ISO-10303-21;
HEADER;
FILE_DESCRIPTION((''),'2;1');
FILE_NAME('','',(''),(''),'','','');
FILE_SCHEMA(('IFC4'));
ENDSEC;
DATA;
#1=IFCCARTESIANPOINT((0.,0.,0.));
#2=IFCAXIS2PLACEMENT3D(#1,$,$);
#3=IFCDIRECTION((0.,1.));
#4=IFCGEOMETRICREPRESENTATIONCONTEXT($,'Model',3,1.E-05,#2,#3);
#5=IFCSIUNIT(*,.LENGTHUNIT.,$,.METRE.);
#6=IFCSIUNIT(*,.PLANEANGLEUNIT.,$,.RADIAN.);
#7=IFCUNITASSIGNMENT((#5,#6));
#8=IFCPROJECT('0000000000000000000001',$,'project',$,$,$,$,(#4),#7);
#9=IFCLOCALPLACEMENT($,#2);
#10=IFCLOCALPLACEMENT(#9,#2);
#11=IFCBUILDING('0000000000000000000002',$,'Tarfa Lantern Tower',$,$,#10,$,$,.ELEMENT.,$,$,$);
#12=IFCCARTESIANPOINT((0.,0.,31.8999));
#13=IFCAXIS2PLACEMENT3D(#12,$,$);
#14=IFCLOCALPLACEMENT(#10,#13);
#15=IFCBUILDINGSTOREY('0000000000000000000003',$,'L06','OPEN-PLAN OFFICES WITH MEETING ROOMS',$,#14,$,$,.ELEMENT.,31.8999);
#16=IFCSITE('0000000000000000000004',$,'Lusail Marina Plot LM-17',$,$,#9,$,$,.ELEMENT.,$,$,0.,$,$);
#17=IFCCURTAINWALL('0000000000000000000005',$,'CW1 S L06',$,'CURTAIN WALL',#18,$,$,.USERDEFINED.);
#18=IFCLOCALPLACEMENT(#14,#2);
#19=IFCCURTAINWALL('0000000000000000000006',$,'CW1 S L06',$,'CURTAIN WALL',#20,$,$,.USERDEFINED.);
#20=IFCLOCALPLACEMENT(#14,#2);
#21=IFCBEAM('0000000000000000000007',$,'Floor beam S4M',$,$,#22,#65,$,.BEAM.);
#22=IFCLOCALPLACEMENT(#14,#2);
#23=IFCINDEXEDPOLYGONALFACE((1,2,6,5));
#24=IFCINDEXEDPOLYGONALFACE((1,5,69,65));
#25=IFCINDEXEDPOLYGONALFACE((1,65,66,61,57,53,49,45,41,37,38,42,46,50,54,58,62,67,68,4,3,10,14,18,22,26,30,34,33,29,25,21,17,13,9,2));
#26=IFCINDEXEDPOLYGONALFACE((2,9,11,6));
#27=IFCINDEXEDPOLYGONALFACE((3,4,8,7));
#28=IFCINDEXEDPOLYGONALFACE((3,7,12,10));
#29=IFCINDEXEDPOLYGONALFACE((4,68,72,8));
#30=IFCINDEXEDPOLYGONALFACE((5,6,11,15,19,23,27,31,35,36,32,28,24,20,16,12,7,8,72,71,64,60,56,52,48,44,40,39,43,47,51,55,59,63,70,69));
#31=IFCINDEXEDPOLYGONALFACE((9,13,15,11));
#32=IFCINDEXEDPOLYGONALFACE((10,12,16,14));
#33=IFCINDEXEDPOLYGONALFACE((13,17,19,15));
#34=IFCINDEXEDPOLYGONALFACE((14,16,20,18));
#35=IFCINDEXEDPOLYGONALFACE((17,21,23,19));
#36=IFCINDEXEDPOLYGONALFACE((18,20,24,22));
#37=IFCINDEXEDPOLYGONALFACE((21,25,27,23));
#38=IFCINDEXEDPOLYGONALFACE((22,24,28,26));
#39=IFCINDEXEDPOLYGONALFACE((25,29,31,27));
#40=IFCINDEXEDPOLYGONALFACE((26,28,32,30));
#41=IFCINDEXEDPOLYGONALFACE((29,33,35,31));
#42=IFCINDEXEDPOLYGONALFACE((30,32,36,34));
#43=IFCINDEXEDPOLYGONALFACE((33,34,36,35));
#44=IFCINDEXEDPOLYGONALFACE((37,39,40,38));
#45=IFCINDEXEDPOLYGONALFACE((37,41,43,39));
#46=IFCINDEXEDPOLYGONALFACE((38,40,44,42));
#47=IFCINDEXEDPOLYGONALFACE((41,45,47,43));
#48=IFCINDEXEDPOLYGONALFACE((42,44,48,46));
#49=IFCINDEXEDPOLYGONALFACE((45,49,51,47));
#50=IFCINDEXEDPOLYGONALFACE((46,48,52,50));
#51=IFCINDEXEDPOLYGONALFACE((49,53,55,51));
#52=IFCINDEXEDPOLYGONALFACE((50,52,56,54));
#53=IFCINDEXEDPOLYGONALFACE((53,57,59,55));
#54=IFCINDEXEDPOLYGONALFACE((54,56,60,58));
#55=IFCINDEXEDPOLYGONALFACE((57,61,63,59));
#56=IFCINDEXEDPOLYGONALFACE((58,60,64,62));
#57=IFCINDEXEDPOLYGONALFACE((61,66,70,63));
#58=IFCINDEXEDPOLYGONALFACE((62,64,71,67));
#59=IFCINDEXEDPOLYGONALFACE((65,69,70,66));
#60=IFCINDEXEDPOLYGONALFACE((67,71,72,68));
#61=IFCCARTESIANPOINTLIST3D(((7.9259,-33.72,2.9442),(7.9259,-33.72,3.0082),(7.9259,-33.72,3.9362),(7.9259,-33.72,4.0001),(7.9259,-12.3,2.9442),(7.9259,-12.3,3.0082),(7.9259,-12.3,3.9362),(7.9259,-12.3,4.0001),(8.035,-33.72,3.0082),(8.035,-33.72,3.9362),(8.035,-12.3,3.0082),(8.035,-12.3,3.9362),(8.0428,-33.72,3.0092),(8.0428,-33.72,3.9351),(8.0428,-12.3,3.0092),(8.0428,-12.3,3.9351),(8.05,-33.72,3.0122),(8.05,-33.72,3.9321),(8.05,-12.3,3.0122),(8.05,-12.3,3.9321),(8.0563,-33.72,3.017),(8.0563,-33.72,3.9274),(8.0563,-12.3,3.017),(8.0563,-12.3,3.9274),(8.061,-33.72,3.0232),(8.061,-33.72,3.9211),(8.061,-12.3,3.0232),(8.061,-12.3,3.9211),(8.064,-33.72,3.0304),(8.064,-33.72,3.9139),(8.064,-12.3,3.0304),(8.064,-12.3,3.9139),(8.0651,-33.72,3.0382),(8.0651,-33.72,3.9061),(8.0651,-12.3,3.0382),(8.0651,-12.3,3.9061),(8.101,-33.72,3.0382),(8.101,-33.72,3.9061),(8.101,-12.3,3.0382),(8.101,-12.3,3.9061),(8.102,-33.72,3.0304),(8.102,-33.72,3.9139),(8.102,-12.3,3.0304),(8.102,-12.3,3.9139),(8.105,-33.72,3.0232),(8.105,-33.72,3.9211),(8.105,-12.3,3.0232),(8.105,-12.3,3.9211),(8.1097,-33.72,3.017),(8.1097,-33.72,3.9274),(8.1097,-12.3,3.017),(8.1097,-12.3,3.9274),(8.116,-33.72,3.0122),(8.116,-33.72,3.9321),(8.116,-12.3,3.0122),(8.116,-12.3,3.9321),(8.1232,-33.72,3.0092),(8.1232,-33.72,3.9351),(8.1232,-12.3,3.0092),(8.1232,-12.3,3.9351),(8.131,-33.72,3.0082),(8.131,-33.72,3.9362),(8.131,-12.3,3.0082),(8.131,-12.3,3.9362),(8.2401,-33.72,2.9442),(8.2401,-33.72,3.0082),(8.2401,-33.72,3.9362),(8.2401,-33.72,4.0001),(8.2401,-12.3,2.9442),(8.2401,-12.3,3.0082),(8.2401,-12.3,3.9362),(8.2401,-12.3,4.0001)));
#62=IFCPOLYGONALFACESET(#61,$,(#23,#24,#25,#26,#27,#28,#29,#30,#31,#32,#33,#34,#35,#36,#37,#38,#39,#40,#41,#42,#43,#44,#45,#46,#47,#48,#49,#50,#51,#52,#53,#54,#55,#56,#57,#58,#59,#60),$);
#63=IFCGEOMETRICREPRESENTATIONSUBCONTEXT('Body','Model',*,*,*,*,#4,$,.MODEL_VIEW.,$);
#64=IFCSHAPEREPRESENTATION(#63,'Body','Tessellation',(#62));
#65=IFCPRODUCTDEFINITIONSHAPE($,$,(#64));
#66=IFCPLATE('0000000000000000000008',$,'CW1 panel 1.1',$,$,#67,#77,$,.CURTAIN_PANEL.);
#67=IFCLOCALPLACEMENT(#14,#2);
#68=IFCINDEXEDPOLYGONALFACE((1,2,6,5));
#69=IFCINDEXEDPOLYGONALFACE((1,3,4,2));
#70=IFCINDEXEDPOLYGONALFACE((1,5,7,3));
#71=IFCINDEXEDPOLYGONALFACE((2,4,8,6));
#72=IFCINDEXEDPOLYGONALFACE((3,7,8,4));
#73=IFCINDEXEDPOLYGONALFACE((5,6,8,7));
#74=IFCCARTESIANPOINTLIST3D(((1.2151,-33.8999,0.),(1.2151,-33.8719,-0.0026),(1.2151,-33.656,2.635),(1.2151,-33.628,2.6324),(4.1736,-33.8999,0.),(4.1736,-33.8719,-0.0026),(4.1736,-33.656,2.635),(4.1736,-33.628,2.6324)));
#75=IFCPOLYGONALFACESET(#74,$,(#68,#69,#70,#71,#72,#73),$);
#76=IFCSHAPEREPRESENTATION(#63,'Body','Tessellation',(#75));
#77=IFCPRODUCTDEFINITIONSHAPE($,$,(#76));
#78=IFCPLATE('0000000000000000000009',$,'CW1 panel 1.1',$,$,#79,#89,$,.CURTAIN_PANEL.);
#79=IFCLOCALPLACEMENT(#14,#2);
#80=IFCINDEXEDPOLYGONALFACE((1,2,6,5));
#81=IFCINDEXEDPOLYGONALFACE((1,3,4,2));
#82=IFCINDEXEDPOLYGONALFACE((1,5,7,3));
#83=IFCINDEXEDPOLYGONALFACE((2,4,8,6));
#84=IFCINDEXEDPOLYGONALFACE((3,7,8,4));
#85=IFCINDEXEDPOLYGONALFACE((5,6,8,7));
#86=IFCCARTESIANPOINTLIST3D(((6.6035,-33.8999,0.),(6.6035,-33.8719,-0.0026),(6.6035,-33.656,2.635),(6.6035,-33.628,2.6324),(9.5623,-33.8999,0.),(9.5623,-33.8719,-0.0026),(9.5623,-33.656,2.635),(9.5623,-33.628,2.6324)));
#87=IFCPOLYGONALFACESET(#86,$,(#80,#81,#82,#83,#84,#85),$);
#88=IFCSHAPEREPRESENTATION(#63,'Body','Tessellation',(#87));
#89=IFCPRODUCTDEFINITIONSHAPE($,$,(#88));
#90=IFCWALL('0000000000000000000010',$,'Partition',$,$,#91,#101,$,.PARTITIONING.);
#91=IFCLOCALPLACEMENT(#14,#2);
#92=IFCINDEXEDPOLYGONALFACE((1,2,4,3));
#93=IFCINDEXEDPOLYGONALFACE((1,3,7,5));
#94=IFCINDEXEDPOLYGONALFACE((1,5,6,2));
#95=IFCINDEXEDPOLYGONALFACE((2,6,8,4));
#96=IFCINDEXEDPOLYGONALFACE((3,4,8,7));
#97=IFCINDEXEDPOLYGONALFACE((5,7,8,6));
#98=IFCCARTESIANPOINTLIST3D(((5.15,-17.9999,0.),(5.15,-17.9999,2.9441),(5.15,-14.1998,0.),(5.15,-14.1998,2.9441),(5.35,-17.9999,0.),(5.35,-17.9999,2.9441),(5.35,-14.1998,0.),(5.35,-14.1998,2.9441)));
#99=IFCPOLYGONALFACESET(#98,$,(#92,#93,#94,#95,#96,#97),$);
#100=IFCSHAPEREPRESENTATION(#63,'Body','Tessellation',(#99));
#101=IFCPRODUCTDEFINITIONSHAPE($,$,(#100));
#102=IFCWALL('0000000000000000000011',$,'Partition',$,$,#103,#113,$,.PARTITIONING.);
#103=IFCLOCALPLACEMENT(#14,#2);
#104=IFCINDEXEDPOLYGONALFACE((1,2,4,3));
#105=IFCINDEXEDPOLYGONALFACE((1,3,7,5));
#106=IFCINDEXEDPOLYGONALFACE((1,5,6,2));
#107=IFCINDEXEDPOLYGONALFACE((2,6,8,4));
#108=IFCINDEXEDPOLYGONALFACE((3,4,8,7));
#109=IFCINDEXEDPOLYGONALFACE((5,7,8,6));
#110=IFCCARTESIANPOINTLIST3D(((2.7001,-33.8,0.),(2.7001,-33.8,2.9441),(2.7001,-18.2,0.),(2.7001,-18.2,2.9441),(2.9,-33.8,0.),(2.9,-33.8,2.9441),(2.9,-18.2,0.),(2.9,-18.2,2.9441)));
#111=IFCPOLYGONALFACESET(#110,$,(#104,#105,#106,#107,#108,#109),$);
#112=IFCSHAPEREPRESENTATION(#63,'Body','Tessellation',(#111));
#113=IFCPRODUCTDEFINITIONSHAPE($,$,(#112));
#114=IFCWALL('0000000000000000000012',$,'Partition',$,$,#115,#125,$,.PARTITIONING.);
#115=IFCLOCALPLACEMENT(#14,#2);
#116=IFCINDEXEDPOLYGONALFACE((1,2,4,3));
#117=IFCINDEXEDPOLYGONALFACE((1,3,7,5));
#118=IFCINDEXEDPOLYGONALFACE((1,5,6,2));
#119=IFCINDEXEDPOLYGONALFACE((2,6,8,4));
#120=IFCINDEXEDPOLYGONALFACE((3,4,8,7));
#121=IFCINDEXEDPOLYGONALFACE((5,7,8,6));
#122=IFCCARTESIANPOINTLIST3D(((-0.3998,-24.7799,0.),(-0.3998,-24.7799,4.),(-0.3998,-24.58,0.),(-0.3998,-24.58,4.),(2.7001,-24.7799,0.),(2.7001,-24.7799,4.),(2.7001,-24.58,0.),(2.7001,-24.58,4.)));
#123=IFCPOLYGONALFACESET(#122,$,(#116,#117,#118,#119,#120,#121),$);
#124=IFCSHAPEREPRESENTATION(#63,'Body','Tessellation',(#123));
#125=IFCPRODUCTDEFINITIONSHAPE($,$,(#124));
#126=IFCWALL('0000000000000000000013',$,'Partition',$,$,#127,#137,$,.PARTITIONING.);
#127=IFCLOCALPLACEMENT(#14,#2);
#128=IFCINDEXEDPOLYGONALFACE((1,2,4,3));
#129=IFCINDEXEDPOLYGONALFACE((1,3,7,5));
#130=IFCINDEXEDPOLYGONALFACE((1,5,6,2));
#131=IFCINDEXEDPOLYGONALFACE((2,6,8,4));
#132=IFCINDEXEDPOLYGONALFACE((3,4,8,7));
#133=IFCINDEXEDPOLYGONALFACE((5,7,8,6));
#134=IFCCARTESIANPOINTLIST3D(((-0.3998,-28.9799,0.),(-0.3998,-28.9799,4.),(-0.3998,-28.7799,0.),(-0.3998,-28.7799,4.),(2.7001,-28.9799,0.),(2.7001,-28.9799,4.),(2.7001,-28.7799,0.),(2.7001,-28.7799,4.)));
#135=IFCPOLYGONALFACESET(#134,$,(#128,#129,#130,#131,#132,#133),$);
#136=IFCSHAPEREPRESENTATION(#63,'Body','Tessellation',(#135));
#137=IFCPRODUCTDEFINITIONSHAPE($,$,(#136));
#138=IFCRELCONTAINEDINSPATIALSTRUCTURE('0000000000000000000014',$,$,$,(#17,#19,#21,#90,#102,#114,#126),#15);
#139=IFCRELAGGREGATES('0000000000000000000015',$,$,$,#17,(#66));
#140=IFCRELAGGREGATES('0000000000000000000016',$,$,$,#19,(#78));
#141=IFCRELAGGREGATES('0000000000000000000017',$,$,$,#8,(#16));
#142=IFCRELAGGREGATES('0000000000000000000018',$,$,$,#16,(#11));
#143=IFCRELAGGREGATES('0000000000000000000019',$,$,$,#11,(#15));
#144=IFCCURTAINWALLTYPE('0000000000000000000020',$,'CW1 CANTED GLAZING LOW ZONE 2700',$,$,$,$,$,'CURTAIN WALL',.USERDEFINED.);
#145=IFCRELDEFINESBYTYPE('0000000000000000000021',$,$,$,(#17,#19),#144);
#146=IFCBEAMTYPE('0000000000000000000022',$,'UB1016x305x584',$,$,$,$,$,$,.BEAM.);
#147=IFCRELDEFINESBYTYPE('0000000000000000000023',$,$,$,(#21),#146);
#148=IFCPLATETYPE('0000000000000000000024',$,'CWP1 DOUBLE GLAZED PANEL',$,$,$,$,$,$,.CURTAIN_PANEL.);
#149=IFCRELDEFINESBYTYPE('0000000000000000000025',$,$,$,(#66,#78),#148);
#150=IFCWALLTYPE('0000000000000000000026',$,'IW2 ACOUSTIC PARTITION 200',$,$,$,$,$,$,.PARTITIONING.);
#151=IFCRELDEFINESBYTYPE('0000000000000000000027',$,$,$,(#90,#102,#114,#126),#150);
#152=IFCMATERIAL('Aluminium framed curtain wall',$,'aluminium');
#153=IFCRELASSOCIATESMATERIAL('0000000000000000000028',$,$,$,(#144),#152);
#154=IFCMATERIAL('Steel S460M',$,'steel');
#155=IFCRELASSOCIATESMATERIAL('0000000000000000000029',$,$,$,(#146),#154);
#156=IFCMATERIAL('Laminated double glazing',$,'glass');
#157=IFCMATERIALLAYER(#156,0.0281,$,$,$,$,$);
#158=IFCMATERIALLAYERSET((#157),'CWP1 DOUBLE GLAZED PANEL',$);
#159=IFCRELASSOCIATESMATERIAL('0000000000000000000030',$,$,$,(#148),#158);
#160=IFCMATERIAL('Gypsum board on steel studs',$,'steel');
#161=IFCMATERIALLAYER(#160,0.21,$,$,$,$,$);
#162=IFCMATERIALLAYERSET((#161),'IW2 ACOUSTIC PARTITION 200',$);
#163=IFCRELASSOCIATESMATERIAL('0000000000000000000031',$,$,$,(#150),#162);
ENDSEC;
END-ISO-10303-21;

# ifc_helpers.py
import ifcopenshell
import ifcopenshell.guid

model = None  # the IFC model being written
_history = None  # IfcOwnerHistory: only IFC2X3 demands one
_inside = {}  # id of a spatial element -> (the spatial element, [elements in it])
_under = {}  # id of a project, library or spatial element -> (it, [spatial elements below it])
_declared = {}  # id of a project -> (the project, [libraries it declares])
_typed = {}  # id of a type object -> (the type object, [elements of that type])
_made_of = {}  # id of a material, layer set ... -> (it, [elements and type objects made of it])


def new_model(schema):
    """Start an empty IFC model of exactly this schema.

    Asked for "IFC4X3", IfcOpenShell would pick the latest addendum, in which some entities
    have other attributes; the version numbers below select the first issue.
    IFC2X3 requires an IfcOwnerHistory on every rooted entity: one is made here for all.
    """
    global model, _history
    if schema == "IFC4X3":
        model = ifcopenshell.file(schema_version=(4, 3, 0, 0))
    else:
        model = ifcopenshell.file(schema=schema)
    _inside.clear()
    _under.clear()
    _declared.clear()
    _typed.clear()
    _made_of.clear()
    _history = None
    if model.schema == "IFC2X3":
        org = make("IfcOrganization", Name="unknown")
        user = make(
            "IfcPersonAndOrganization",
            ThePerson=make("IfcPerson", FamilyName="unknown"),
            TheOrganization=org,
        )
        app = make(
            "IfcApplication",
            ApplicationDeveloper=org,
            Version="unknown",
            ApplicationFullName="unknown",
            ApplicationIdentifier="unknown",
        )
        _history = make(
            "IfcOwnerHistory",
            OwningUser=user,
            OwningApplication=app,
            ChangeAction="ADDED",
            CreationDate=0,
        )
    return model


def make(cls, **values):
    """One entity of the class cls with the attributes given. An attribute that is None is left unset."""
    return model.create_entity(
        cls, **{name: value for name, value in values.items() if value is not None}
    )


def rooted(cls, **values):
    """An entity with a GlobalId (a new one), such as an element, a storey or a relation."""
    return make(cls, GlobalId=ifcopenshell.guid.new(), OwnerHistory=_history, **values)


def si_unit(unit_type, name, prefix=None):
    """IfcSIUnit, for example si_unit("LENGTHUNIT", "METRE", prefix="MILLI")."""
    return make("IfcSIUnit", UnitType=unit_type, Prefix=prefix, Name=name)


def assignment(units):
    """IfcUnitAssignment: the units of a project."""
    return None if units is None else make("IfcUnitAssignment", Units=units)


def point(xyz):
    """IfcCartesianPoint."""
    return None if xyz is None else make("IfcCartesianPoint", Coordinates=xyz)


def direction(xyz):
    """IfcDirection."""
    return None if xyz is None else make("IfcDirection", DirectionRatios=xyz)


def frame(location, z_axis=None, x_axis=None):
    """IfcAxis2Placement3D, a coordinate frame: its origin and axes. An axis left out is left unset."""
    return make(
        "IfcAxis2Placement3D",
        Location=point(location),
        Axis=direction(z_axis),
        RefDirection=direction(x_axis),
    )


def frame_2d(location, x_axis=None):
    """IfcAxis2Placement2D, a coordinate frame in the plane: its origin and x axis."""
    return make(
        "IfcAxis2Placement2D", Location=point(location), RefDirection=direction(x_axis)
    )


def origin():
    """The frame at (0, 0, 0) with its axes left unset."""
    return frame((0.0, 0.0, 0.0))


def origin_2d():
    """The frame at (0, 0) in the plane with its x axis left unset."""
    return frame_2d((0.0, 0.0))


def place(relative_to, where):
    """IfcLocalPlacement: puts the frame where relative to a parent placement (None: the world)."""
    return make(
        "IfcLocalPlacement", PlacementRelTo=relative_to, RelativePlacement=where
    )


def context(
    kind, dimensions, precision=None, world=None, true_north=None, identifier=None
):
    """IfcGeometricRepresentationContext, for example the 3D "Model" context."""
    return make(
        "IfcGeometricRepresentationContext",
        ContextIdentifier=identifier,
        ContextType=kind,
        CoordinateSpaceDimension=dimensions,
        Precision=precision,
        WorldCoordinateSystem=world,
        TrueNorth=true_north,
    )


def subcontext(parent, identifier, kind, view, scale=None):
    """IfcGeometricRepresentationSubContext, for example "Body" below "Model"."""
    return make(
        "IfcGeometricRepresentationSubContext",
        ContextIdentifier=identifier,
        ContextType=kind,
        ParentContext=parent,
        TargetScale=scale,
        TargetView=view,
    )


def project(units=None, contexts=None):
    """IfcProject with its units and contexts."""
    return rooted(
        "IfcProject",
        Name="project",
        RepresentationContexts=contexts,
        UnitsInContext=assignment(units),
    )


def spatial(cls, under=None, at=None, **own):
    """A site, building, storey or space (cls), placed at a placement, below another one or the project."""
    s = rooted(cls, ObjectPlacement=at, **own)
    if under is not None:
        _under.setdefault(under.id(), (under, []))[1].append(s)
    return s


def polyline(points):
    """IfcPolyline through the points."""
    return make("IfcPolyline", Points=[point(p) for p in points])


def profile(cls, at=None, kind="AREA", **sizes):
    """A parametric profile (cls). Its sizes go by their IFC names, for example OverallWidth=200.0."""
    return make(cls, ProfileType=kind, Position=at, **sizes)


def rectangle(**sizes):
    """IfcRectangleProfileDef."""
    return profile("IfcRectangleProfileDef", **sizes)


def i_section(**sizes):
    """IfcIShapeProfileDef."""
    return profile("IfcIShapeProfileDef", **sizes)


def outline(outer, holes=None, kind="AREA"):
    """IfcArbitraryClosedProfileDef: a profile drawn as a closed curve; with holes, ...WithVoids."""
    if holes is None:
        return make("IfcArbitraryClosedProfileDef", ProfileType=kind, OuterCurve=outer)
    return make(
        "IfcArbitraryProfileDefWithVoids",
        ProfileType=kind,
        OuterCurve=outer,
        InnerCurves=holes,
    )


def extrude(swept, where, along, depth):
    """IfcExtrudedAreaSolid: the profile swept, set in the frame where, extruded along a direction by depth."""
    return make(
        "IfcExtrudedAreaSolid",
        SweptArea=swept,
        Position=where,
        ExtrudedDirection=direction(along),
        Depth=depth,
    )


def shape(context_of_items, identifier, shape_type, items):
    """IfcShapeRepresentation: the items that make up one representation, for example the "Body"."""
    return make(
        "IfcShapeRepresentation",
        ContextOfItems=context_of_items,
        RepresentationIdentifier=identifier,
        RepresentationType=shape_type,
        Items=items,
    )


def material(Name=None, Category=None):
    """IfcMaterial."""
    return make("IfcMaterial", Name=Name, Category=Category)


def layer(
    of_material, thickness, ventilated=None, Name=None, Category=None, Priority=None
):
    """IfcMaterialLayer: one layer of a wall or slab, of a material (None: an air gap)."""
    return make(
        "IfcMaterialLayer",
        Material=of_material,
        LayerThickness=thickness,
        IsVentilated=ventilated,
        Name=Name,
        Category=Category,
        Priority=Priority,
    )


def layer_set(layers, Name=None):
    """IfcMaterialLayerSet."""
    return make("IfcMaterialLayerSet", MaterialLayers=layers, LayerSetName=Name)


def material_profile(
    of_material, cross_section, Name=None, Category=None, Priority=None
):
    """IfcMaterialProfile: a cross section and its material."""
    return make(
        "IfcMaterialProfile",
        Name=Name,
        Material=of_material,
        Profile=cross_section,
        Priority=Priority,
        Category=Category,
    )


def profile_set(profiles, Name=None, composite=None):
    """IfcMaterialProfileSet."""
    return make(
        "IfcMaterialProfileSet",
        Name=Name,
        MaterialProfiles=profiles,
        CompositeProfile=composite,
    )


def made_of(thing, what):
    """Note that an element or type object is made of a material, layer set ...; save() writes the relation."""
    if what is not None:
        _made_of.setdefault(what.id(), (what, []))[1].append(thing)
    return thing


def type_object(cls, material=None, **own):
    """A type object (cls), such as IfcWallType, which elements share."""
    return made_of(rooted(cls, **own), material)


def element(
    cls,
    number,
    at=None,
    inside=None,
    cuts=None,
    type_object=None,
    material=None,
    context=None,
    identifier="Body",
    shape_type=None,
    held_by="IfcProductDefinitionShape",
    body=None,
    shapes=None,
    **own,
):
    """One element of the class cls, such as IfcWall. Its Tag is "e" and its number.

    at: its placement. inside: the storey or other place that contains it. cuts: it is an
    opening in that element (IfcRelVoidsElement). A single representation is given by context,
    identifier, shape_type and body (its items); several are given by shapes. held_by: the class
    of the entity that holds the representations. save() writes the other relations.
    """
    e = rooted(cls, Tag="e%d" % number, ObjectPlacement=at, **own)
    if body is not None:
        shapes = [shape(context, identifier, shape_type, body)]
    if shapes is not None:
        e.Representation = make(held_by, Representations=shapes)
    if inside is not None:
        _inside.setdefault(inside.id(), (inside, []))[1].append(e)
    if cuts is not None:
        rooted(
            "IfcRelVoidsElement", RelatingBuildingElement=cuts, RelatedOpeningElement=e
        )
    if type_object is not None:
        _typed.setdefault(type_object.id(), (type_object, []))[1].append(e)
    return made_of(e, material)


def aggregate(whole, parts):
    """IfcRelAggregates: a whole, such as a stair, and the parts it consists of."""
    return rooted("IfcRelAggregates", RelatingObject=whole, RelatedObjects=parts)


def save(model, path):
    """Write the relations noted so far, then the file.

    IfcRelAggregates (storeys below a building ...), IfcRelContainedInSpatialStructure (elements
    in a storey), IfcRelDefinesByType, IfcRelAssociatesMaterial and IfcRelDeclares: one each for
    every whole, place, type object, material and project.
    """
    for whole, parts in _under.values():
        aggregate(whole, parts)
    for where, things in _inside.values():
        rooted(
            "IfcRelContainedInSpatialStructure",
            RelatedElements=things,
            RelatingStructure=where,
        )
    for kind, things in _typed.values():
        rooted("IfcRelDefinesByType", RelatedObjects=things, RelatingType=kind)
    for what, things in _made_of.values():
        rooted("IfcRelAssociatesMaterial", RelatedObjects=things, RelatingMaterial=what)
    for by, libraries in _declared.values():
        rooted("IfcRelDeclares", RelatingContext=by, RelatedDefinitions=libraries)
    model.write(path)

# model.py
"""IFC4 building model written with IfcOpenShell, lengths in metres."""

from ifc_helpers import new_model, si_unit, direction, frame, frame_2d, origin, origin_2d, place, context, subcontext, project, spatial, polyline, rectangle, i_section, outline, extrude, material, layer, layer_set, material_profile, profile_set, type_object, element, aggregate, save


model = new_model("IFC4")

# Units and contexts
model_context = context("Model", 3, precision=1e-05, world=origin(), true_north=direction((0.0, 1.0)))
body_context = subcontext(model_context, "Body", "Model", "MODEL_VIEW")
ifc_project = project(units=[si_unit("LENGTHUNIT", "METRE"), si_unit("PLANEANGLEUNIT", "RADIAN")], contexts=[model_context])

# Site, building, storey
site_placement = place(None, origin())
site = spatial("IfcSite", under=ifc_project, at=site_placement, Name="Lusail Marina Plot LM-17", CompositionType="ELEMENT", RefElevation=0.0)
building_placement = place(site_placement, origin())
building = spatial("IfcBuilding", under=site, at=building_placement, Name="Tarfa Lantern Tower", CompositionType="ELEMENT")
storey_placement = place(building_placement, frame((0.0, 0.0, 31.8999)))
storey = spatial("IfcBuildingStorey", under=building, at=storey_placement, Name="L06", Description="OPEN-PLAN OFFICES WITH MEETING ROOMS", CompositionType="ELEMENT", Elevation=31.8999)

# Curtain walls
ifc_material_1 = material(Name="Aluminium framed curtain wall", Category="aluminium")
curtain_wall_type = type_object("IfcCurtainWallType", Name="CW1 CANTED GLAZING LOW ZONE 2700", ElementType="CURTAIN WALL", PredefinedType="USERDEFINED", material=ifc_material_1)
curtain_wall_1_placement = place(storey_placement, origin())
curtain_wall_1 = element("IfcCurtainWall", 1, at=curtain_wall_1_placement, inside=storey, type_object=curtain_wall_type, Name="CW1 S L06", ObjectType="CURTAIN WALL", PredefinedType="USERDEFINED")
curtain_wall_2_placement = place(storey_placement, origin())
curtain_wall_2 = element("IfcCurtainWall", 2, at=curtain_wall_2_placement, inside=storey, type_object=curtain_wall_type, Name="CW1 S L06", ObjectType="CURTAIN WALL", PredefinedType="USERDEFINED")

# Beam
ifc_material_2 = material(Name="Steel S460M", Category="steel")
ifc_material_profile_1 = material_profile(ifc_material_2, i_section(OverallWidth=0.3142, OverallDepth=1.0559, WebThickness=0.0359, FlangeThickness=0.064, FilletRadius=0.03, at=origin_2d()), Name="UB1016x305x584")
ifc_profile_set_1 = profile_set([ifc_material_profile_1], Name="Steel S460M")
beam_type_1 = type_object("IfcBeamType", Name="UB1016x305x584", PredefinedType="BEAM", material=ifc_profile_set_1)
for number, where, z_axis, x_axis, name in (
    (3, (8.083, -33.72, 3.4722), (0.0, 1.0, 0.0), (-1.0, 0.0, 0.0), "Floor beam S4M"),
):
    element("IfcBeam", number, at=place(storey_placement, frame(where, z_axis=z_axis, x_axis=x_axis)), inside=storey, type_object=beam_type_1, Name=name, PredefinedType="BEAM", context=body_context, shape_type="SweptSolid", body=[
        extrude(i_section(OverallWidth=0.3142, OverallDepth=1.0559, WebThickness=0.0359, FlangeThickness=0.064, FilletRadius=0.03, at=origin_2d()), origin(), (0.0, 0.0, 1.0), 21.4199),
    ])

# Plates
ifc_material_3 = material(Name="Laminated double glazing", Category="glass")
ifc_layer_1 = layer(ifc_material_3, 0.0281)
ifc_layer_set_1 = layer_set([ifc_layer_1], Name="CWP1 DOUBLE GLAZED PANEL")
plate_type = type_object("IfcPlateType", Name="CWP1 DOUBLE GLAZED PANEL", PredefinedType="CURTAIN_PANEL", material=ifc_layer_set_1)
plate_1_placement = place(storey_placement, frame((1.2151, -33.8999, 0.0), z_axis=(0.0, -0.995744, 0.092166), x_axis=(1.0, 0.0, 0.0)))
plate_1 = element("IfcPlate", 4, at=plate_1_placement, type_object=plate_type, Name="CW1 panel 1.1", PredefinedType="CURTAIN_PANEL", context=body_context, shape_type="SweptSolid", body=[
    extrude(outline(polyline([(0.0, 0.0), (2.9585, 0.0), (2.9585, 2.6463), (0.0, 2.6463), (0.0, 0.0)])), origin(), (0.0, 0.0, -1.0), 0.0281),
])
aggregate(curtain_wall_1, [plate_1])
plate_2_placement = place(storey_placement, frame((6.6035, -33.8999, 0.0), z_axis=(0.0, -0.995744, 0.092166), x_axis=(1.0, 0.0, 0.0)))
plate_2 = element("IfcPlate", 5, at=plate_2_placement, type_object=plate_type, Name="CW1 panel 1.1", PredefinedType="CURTAIN_PANEL", context=body_context, shape_type="SweptSolid", body=[
    extrude(outline(polyline([(0.0, 0.0), (2.9587, 0.0), (2.9587, 2.6463), (0.0, 2.6463), (0.0, 0.0)])), origin(), (0.0, 0.0, -1.0), 0.0281),
])
aggregate(curtain_wall_2, [plate_2])

# Walls
ifc_material_4 = material(Name="Gypsum board on steel studs", Category="steel")
ifc_layer_2 = layer(ifc_material_4, 0.21)
ifc_layer_set_2 = layer_set([ifc_layer_2], Name="IW2 ACOUSTIC PARTITION 200")
wall_type = type_object("IfcWallType", Name="IW2 ACOUSTIC PARTITION 200", PredefinedType="PARTITIONING", material=ifc_layer_set_2)
wall_1_placement = place(storey_placement, frame((5.25, -14.2, 0.0), z_axis=(0.0, 0.0, 1.0), x_axis=(0.0, -1.0, 0.0)))
element("IfcWall", 6, at=wall_1_placement, inside=storey, type_object=wall_type, Name="Partition", PredefinedType="PARTITIONING", context=body_context, shape_type="SweptSolid", body=[
    extrude(rectangle(XDim=3.8, YDim=0.2, at=frame_2d((1.8999, 0.0))), origin(), (0.0, 0.0, 1.0), 2.9441),
])
wall_2_placement = place(storey_placement, frame((2.8, -18.2, 0.0), z_axis=(0.0, 0.0, 1.0), x_axis=(0.0, -1.0, 0.0)))
element("IfcWall", 7, at=wall_2_placement, inside=storey, type_object=wall_type, Name="Partition", PredefinedType="PARTITIONING", context=body_context, shape_type="SweptSolid", body=[
    extrude(rectangle(XDim=15.6001, YDim=0.2, at=frame_2d((7.8, 0.0))), origin(), (0.0, 0.0, 1.0), 2.9441),
])
for number, where, z_axis, x_axis, name in (
    (8, (2.7, -24.6799, 0.0), (0.0, 0.0, 1.0), (-1.0, 0.0, 0.0), "Partition"),
    (9, (2.7, -28.8799, 0.0), (0.0, 0.0, 1.0), (-1.0, 0.0, 0.0), "Partition"),
):
    element("IfcWall", number, at=place(storey_placement, frame(where, z_axis=z_axis, x_axis=x_axis)), inside=storey, type_object=wall_type, Name=name, PredefinedType="PARTITIONING", context=body_context, shape_type="SweptSolid", body=[
        extrude(rectangle(XDim=3.0999, YDim=0.2, at=frame_2d((1.5498, 0.0))), origin(), (0.0, 0.0, 1.0), 4.0),
    ])

save(model, "model.ifc")
